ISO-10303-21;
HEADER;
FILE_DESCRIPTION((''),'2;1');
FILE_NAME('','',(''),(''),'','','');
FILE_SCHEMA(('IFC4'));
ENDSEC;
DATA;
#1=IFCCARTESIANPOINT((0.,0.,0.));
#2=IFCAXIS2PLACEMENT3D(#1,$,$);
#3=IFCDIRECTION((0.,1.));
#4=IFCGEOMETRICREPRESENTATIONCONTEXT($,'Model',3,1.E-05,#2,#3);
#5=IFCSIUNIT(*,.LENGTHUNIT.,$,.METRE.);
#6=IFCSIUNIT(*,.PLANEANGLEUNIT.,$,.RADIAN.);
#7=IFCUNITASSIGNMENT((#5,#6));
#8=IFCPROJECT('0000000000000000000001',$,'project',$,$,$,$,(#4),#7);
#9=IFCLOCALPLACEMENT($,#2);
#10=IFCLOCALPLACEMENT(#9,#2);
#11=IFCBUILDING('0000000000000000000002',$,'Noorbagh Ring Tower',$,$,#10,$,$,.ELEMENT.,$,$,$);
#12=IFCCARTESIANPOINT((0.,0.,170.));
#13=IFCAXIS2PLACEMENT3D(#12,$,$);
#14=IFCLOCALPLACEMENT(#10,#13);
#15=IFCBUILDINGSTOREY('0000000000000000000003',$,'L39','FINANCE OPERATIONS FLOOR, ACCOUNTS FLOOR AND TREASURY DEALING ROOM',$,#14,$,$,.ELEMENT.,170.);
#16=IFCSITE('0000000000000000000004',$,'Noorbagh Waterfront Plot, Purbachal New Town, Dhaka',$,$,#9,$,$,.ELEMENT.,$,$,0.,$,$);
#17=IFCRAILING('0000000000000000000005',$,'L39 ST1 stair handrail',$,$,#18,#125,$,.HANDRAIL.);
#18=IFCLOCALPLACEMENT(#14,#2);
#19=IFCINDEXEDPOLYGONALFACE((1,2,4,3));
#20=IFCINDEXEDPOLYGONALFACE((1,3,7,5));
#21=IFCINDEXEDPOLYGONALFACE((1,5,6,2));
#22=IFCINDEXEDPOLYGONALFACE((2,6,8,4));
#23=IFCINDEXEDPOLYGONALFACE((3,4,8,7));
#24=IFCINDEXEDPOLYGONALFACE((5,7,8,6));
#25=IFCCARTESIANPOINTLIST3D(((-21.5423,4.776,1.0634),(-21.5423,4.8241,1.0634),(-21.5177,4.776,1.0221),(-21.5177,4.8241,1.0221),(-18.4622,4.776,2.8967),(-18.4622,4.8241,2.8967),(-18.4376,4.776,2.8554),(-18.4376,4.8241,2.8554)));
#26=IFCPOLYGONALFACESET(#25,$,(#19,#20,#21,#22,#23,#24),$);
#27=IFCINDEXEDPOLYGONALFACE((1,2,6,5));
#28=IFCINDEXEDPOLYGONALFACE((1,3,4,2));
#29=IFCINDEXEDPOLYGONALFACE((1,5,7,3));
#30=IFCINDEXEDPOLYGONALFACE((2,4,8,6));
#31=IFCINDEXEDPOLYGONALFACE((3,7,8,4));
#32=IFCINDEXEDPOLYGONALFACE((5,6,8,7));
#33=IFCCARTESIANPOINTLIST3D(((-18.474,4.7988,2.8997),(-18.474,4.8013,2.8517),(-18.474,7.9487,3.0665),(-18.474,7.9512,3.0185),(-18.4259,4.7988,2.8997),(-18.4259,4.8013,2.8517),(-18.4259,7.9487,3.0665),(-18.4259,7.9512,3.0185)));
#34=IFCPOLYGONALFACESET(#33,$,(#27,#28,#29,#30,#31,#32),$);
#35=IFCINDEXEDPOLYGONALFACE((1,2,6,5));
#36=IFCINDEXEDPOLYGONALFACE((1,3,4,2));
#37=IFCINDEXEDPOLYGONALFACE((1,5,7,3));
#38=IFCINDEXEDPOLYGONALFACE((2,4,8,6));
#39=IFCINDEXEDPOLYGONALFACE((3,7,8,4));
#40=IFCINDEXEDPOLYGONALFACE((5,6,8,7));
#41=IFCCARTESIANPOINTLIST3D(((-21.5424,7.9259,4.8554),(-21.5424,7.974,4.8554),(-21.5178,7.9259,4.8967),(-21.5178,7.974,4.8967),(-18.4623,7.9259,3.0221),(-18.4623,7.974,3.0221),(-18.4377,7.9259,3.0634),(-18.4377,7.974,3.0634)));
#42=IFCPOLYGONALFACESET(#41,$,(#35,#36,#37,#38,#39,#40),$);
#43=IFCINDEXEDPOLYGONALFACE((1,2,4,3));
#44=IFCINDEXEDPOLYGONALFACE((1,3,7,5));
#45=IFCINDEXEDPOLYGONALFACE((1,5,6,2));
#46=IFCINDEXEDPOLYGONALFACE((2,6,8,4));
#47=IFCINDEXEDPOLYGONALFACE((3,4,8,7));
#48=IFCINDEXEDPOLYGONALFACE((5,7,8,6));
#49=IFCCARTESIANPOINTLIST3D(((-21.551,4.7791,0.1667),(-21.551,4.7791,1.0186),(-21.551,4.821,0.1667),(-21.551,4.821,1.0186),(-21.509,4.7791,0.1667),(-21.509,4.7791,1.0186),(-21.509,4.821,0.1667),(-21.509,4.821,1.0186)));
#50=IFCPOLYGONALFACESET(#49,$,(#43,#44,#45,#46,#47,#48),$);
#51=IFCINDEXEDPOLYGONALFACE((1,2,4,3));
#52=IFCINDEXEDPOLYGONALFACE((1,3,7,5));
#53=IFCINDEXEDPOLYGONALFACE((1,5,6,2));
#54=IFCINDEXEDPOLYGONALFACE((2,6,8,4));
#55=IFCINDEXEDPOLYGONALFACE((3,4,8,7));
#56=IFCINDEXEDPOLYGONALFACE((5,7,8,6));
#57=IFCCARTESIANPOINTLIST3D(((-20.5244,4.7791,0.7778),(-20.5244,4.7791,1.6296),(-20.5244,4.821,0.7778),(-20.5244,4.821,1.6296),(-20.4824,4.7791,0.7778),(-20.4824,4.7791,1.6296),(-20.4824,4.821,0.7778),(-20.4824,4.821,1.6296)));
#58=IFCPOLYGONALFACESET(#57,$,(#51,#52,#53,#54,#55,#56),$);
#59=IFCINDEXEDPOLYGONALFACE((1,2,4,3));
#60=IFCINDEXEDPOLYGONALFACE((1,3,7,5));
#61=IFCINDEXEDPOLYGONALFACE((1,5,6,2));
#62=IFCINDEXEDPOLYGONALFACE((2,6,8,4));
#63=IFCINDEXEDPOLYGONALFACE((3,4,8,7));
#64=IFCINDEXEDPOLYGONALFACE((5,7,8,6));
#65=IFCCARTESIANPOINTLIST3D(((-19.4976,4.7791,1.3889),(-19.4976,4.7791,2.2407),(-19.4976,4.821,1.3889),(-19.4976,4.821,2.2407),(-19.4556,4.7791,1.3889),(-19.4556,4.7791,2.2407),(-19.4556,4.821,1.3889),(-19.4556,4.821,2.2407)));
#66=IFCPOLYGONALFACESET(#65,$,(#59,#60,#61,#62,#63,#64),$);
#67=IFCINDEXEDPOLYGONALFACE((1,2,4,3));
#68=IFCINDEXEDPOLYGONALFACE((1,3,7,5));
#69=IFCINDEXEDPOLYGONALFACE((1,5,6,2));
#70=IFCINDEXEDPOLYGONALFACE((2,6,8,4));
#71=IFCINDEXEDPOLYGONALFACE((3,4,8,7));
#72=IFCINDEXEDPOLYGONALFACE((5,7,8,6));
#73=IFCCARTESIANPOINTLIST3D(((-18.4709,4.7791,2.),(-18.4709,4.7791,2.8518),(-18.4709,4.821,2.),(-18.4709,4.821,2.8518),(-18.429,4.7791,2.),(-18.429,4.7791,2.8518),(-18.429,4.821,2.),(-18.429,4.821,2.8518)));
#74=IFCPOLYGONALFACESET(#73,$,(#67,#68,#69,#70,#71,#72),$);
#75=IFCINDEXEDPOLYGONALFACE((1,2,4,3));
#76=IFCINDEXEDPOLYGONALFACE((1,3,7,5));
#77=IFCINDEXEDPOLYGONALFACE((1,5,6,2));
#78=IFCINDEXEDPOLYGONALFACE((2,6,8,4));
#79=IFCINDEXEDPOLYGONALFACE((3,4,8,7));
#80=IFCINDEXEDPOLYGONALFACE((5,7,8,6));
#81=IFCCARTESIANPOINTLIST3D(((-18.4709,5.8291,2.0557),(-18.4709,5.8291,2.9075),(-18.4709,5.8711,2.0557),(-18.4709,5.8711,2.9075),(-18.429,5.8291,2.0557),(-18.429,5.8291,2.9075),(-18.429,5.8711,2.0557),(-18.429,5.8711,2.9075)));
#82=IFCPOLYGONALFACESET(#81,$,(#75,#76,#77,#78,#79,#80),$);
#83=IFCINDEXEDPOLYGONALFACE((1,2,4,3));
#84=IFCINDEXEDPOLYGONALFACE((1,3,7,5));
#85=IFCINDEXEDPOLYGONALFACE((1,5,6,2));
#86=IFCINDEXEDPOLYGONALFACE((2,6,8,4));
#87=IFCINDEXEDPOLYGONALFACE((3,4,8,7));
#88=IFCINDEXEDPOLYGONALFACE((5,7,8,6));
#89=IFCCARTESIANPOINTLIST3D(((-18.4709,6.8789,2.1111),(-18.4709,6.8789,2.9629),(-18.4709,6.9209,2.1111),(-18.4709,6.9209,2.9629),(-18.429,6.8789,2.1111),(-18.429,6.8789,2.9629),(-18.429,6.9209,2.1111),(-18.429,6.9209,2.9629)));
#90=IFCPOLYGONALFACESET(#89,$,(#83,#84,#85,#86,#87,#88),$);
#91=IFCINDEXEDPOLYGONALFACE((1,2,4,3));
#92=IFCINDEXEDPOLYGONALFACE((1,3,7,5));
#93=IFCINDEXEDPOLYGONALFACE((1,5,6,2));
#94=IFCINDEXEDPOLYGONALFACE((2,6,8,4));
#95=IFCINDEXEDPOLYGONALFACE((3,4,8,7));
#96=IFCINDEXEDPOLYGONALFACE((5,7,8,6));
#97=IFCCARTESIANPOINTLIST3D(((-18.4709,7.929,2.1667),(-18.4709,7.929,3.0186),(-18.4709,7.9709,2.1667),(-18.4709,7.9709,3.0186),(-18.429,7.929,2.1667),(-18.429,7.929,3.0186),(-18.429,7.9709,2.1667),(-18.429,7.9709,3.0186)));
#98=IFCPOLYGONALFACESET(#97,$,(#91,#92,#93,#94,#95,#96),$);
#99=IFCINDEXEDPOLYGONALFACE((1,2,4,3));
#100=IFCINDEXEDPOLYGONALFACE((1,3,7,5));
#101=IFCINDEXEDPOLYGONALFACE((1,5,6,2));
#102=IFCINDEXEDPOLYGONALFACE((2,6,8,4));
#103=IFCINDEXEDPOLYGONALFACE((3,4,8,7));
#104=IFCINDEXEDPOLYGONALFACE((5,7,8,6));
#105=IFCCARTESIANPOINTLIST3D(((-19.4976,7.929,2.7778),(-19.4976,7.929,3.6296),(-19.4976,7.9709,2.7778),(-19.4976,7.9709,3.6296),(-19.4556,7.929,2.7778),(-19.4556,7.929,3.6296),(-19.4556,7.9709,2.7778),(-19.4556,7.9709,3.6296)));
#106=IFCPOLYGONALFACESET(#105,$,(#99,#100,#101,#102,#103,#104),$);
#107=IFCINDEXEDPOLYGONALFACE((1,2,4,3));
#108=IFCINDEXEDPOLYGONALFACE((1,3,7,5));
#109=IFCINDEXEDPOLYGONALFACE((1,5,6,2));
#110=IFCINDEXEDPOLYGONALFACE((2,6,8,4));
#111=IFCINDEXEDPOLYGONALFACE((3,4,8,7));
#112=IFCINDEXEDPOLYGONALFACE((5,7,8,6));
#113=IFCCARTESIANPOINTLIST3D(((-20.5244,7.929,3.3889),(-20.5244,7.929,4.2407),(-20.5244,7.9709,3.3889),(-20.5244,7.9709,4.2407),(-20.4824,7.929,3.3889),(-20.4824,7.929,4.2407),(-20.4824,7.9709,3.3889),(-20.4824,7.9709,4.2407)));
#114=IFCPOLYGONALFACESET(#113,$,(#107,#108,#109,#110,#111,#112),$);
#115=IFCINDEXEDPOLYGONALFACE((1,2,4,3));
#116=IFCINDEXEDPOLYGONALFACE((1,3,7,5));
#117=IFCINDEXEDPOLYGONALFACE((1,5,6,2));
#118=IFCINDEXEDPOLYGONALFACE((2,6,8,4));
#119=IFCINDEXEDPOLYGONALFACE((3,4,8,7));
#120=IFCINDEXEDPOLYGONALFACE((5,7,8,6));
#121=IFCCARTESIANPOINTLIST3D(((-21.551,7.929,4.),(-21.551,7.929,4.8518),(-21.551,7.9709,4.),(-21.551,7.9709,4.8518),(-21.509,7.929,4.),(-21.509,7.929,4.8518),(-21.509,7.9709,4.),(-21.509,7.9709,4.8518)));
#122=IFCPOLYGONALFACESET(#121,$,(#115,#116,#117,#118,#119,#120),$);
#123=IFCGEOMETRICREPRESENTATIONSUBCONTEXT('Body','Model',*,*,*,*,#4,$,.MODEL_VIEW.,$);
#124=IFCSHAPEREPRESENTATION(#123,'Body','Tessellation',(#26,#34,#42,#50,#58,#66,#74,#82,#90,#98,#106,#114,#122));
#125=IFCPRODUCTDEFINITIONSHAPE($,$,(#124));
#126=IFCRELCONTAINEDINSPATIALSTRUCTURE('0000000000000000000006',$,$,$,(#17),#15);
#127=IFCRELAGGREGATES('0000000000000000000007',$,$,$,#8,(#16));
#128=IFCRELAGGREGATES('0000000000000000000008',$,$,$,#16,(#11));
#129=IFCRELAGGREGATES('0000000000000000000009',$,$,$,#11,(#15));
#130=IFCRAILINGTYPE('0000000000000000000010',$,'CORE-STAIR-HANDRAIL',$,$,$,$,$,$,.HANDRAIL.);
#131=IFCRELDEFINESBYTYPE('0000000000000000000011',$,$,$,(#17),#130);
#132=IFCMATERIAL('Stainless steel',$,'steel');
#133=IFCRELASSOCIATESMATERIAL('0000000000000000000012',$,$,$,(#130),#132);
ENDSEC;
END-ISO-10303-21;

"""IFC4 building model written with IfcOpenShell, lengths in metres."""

from ifc_helpers import new_model, si_unit, direction, frame, origin, origin_2d, place, context, subcontext, project, spatial, rectangle, extrude, material, type_object, element, save


model = new_model("IFC4")

# Units and contexts
model_context = context("Model", 3, precision=1e-05, world=origin(), true_north=direction((0.0, 1.0)))
body_context = subcontext(model_context, "Body", "Model", "MODEL_VIEW")
ifc_project = project(units=[si_unit("LENGTHUNIT", "METRE"), si_unit("PLANEANGLEUNIT", "RADIAN")], contexts=[model_context])

# Site, building, storey
site_placement = place(None, origin())
site = spatial("IfcSite", under=ifc_project, at=site_placement, Name="Noorbagh Waterfront Plot, Purbachal New Town, Dhaka", CompositionType="ELEMENT", RefElevation=0.0)
building_placement = place(site_placement, origin())
building = spatial("IfcBuilding", under=site, at=building_placement, Name="Noorbagh Ring Tower", CompositionType="ELEMENT")
storey_placement = place(building_placement, frame((0.0, 0.0, 170.0)))
storey = spatial("IfcBuildingStorey", under=building, at=storey_placement, Name="L39", Description="FINANCE OPERATIONS FLOOR, ACCOUNTS FLOOR AND TREASURY DEALING ROOM", CompositionType="ELEMENT", Elevation=170.0)

# Railing
ifc_material_1 = material(Name="Stainless steel", Category="steel")
railing_type_1 = type_object("IfcRailingType", Name="CORE-STAIR-HANDRAIL", PredefinedType="HANDRAIL", material=ifc_material_1)
railing_1_placement = place(storey_placement, frame((-21.53, 4.8, 0.1667)))
element("IfcRailing", 1, at=railing_1_placement, inside=storey, type_object=railing_type_1, Name="L39 ST1 stair handrail", PredefinedType="HANDRAIL", context=body_context, shape_type="SweptSolid", body=[
    extrude(rectangle(XDim=0.0481, YDim=0.0481, at=origin_2d()), frame((0.0, 0.0, 0.876), z_axis=(0.859309, 0.0, 0.511458), x_axis=(0.0, 1.0, 0.0)), (0.0, 0.0, 1.0), 3.5845),
    extrude(rectangle(XDim=0.0481, YDim=0.0481, at=origin_2d()), frame((3.0801, 0.0, 2.709), z_axis=(0.0, 0.998602, 0.052864), x_axis=(-1.0, 0.0, 0.0)), (0.0, 0.0, 1.0), 3.1543),
    extrude(rectangle(XDim=0.0481, YDim=0.0481, at=origin_2d()), frame((3.0801, 3.1499, 2.876), z_axis=(-0.859309, 0.0, 0.511458), x_axis=(0.0, -1.0, 0.0)), (0.0, 0.0, 1.0), 3.5845),
    extrude(rectangle(XDim=0.042, YDim=0.042, at=origin_2d()), origin(), (0.0, 0.0, 1.0), 0.8518),
    extrude(rectangle(XDim=0.042, YDim=0.042, at=origin_2d()), frame((1.0266, 0.0, 0.6111)), (0.0, 0.0, 1.0), 0.8518),
    extrude(rectangle(XDim=0.042, YDim=0.042, at=origin_2d()), frame((2.0535, 0.0, 1.2222)), (0.0, 0.0, 1.0), 0.8518),
    extrude(rectangle(XDim=0.042, YDim=0.042, at=origin_2d()), frame((3.0801, 0.0, 1.8333)), (0.0, 0.0, 1.0), 0.8518),
    extrude(rectangle(XDim=0.042, YDim=0.042, at=origin_2d()), frame((3.0801, 1.05, 1.8889)), (0.0, 0.0, 1.0), 0.8518),
    extrude(rectangle(XDim=0.042, YDim=0.042, at=origin_2d()), frame((3.0801, 2.0999, 1.9443)), (0.0, 0.0, 1.0), 0.8518),
    extrude(rectangle(XDim=0.042, YDim=0.042, at=origin_2d()), frame((3.0801, 3.1499, 2.0)), (0.0, 0.0, 1.0), 0.8518),
    extrude(rectangle(XDim=0.042, YDim=0.042, at=origin_2d()), frame((2.0535, 3.1499, 2.6111)), (0.0, 0.0, 1.0), 0.8518),
    extrude(rectangle(XDim=0.042, YDim=0.042, at=origin_2d()), frame((1.0266, 3.1499, 3.2222)), (0.0, 0.0, 1.0), 0.8518),
    extrude(rectangle(XDim=0.042, YDim=0.042, at=origin_2d()), frame((0.0, 3.1499, 3.8333)), (0.0, 0.0, 1.0), 0.8518),
])

save(model, "model.ifc")
